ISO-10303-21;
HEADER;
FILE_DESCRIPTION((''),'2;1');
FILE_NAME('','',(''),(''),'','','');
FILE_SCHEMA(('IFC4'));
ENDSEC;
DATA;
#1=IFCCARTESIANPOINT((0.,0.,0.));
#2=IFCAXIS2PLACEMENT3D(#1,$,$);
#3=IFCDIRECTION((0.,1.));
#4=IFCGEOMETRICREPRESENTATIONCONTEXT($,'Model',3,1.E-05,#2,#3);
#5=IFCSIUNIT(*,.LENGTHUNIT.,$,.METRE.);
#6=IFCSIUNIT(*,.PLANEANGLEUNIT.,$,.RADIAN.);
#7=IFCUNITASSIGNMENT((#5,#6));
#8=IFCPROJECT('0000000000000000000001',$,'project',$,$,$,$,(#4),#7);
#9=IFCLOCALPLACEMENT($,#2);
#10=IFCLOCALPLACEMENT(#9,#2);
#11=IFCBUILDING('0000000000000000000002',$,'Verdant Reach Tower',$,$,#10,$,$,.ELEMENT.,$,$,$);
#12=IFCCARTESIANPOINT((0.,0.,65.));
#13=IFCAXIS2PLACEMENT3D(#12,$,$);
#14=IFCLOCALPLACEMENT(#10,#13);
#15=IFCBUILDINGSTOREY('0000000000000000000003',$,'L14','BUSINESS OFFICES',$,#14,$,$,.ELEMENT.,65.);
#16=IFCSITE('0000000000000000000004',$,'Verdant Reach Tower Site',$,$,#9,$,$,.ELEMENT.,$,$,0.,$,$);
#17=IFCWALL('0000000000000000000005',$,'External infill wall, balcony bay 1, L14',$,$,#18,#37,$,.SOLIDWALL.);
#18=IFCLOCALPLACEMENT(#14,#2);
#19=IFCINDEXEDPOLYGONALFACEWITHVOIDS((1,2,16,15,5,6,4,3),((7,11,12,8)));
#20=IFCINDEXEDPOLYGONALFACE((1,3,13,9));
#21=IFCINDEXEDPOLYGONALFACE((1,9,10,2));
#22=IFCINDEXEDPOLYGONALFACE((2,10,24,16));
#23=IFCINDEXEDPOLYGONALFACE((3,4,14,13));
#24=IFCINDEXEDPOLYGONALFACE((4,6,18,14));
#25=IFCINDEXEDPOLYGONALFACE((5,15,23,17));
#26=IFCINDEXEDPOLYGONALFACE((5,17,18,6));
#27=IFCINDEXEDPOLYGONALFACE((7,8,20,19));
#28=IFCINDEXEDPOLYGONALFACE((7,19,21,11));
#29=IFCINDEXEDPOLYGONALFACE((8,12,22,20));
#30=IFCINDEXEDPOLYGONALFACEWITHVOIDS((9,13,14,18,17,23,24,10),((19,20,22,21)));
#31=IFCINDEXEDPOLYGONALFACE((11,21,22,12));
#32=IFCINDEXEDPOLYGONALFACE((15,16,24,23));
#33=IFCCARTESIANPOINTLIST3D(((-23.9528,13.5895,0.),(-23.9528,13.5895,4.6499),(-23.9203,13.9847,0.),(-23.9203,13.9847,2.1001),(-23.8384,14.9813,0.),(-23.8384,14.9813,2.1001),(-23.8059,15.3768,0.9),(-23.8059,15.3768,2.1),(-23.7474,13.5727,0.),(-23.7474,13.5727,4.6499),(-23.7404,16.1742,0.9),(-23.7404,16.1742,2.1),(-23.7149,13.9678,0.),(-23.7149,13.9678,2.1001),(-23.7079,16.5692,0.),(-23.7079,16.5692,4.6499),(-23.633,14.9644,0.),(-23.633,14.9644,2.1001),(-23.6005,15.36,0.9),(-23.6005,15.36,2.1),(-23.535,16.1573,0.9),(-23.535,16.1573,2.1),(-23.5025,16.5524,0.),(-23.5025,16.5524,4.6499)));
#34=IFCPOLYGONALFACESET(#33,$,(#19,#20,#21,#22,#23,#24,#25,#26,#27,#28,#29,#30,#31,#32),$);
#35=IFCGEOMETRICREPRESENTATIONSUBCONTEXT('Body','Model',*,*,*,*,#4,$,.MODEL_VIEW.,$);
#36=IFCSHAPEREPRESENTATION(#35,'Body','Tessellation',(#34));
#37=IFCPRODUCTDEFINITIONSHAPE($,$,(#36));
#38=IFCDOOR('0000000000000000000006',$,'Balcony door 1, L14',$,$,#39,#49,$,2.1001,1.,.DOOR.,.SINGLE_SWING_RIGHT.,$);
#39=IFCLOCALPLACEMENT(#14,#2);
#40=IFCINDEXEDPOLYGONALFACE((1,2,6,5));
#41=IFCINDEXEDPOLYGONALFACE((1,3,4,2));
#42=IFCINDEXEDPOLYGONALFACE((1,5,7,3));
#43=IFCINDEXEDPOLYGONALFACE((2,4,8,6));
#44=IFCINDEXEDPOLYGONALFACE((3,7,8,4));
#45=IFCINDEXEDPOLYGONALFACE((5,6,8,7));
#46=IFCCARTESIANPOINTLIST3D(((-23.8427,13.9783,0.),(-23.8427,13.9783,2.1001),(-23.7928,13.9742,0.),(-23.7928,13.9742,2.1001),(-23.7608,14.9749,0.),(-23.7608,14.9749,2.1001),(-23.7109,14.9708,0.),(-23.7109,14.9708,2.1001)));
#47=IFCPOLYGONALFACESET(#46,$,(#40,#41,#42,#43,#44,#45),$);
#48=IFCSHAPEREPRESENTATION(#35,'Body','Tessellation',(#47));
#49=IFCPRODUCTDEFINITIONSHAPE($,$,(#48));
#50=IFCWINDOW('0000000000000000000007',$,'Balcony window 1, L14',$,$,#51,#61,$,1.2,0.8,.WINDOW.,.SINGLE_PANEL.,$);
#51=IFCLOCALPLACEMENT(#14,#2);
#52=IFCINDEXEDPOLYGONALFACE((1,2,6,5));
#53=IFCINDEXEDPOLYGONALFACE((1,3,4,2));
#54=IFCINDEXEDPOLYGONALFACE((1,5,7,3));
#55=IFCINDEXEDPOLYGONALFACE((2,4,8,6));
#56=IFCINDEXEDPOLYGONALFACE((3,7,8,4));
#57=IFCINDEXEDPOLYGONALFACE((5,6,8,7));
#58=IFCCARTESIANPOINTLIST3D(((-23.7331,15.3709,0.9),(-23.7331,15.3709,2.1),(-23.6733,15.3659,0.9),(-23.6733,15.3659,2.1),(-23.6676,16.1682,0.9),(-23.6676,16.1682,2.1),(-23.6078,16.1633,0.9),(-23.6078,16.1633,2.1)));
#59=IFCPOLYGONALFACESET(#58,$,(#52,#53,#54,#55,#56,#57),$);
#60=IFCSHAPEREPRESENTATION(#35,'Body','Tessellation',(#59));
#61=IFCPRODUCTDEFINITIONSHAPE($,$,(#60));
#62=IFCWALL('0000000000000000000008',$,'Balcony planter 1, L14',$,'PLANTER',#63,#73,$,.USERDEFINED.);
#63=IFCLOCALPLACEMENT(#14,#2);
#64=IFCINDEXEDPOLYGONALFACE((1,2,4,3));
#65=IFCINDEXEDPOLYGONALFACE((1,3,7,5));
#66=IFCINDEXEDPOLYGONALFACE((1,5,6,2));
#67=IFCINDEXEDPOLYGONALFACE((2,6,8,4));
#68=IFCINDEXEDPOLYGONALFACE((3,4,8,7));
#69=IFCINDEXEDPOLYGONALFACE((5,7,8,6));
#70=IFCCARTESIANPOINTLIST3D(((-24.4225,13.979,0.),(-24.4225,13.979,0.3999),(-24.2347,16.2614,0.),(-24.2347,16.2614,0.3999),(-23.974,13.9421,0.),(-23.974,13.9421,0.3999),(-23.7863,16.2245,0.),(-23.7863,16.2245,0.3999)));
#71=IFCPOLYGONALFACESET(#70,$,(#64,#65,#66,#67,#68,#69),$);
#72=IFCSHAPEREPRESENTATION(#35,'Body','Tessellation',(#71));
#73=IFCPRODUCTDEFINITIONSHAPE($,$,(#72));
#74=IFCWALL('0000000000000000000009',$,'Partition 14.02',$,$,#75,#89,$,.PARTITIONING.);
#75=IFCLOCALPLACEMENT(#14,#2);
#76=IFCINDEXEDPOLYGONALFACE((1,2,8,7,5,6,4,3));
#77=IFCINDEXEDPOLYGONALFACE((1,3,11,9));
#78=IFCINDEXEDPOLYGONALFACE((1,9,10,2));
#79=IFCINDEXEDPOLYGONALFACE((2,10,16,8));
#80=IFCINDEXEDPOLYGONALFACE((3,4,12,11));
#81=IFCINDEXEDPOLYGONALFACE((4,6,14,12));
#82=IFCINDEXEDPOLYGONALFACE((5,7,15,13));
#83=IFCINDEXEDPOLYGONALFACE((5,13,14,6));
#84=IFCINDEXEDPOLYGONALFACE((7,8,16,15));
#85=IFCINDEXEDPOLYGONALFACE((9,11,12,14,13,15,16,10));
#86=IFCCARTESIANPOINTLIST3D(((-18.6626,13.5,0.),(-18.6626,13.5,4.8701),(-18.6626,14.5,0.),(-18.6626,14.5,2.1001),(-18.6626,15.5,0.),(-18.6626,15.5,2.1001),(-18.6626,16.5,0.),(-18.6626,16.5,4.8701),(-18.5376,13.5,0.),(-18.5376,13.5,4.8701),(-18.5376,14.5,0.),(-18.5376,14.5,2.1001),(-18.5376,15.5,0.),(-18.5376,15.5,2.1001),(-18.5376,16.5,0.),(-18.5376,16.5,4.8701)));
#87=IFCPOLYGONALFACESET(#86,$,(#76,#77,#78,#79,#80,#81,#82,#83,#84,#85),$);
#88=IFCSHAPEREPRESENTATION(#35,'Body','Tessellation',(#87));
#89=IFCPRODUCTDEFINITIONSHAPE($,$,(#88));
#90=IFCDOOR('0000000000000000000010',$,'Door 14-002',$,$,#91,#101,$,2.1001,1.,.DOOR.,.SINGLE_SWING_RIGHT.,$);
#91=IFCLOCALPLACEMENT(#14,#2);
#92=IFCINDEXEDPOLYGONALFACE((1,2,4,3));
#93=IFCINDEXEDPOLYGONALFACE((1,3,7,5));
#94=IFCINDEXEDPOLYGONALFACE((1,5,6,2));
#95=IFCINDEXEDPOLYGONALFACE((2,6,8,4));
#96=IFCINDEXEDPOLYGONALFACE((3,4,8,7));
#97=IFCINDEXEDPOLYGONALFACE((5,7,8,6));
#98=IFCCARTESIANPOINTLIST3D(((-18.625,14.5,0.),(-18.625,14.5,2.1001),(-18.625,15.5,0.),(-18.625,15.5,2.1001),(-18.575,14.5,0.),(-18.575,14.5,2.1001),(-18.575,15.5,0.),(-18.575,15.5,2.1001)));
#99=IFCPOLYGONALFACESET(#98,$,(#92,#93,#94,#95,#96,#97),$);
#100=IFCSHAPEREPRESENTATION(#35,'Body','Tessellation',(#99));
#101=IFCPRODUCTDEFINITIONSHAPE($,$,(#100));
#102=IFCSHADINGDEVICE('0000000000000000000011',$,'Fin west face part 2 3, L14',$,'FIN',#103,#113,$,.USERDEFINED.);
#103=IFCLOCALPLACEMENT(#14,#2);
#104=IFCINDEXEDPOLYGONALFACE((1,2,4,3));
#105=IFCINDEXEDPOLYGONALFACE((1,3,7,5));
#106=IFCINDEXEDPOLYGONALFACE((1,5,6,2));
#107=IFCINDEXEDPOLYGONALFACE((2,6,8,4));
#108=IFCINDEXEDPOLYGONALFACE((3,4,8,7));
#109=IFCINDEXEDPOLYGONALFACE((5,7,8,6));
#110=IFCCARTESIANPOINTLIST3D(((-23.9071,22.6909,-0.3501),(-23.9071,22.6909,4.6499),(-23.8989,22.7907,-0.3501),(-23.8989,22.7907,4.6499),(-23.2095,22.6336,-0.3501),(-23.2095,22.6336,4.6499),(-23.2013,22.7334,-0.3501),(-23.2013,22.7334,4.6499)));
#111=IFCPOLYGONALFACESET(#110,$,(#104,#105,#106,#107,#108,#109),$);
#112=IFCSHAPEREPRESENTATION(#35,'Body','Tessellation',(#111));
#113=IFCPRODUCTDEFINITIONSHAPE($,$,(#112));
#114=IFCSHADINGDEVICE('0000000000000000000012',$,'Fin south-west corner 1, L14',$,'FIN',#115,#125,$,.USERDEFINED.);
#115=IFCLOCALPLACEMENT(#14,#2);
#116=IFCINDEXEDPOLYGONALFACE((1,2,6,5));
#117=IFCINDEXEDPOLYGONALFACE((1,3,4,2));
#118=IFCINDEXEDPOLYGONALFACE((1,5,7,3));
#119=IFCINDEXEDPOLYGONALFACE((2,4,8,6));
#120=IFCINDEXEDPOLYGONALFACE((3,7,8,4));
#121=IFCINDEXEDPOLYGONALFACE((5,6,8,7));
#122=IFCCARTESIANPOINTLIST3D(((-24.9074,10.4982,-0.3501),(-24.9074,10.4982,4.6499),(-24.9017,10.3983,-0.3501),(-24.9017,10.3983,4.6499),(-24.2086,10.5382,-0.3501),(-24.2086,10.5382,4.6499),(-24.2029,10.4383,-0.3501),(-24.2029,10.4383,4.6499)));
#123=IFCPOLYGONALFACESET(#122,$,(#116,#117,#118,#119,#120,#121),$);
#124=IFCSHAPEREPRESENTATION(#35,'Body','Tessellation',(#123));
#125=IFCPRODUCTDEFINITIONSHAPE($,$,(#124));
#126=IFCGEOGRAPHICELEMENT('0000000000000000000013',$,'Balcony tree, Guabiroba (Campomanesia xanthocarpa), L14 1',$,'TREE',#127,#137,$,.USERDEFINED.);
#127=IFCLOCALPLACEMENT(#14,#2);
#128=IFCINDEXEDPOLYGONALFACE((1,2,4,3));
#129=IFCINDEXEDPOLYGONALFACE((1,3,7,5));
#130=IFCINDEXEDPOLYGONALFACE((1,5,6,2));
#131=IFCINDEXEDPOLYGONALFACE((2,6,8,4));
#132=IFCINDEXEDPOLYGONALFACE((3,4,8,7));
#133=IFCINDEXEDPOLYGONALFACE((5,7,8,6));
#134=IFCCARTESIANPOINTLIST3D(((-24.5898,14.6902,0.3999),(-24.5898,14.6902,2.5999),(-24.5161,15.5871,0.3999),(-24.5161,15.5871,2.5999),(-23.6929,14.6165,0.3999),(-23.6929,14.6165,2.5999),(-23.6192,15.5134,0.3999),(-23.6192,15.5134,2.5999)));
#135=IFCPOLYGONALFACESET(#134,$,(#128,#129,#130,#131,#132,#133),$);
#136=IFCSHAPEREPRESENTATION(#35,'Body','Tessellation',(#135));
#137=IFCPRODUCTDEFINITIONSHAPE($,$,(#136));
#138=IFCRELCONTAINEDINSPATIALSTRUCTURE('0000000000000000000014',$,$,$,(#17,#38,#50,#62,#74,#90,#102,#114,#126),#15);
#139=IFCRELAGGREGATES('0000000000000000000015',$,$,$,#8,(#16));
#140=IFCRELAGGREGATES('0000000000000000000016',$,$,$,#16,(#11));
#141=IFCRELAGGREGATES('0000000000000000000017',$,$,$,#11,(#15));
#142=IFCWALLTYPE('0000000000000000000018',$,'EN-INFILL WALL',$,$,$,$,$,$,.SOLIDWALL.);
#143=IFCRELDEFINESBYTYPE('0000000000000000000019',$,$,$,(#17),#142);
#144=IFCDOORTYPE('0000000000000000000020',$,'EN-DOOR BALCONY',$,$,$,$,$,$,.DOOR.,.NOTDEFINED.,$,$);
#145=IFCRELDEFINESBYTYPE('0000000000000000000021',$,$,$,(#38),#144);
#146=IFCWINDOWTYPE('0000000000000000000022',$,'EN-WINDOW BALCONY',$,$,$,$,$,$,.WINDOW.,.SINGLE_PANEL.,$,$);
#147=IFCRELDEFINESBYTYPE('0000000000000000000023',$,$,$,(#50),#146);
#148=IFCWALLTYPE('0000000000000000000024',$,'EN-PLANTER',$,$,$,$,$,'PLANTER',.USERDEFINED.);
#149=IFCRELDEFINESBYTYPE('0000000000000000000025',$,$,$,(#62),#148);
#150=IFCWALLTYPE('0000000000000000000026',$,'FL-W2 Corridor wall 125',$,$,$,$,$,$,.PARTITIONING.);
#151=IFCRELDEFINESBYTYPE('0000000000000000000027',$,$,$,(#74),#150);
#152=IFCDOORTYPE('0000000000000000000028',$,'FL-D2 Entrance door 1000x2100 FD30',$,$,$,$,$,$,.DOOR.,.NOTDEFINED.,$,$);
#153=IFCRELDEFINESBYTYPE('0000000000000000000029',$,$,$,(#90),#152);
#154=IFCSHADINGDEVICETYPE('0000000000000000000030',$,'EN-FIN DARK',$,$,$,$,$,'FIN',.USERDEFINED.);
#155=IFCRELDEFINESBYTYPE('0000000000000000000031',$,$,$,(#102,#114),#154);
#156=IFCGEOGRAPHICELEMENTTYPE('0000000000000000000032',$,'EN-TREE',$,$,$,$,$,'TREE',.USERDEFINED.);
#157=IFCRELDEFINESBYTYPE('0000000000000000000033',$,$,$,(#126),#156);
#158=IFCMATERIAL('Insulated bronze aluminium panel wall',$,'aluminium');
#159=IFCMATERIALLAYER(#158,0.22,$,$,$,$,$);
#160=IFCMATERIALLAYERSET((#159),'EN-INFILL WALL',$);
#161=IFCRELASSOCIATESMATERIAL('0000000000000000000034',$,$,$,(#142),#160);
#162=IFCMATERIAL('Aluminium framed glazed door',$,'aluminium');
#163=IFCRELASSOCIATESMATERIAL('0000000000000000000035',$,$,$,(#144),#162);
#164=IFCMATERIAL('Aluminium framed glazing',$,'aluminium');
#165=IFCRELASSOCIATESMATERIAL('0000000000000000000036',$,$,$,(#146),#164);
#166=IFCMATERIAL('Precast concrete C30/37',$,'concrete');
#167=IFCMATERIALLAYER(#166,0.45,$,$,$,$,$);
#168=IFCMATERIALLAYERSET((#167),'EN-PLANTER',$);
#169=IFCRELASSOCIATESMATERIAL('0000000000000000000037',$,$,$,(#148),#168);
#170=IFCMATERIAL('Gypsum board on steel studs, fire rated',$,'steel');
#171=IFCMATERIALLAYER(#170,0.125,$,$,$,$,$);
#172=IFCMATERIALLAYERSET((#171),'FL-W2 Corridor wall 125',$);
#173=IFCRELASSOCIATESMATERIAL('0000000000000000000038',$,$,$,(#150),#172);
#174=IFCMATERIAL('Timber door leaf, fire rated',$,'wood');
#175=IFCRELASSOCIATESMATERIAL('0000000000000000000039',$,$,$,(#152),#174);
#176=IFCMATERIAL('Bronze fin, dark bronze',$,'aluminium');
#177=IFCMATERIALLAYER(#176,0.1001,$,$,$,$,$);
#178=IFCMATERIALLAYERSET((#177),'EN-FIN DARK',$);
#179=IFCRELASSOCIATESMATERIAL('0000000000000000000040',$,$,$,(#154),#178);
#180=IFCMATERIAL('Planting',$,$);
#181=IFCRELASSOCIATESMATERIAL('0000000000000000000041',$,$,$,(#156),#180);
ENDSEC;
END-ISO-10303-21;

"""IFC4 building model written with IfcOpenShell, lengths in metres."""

from ifc_helpers import new_model, si_unit, direction, frame, frame_2d, origin, origin_2d, place, context, subcontext, project, spatial, rectangle, extrude, material, layer, layer_set, type_object, element, fill, save


model = new_model("IFC4")

# Units and contexts
model_context = context("Model", 3, precision=1e-05, world=origin(), true_north=direction((0.0, 1.0)))
body_context = subcontext(model_context, "Body", "Model", "MODEL_VIEW")
ifc_project = project(units=[si_unit("LENGTHUNIT", "METRE"), si_unit("PLANEANGLEUNIT", "RADIAN")], contexts=[model_context])

# Site, building, storey
site_placement = place(None, origin())
site = spatial("IfcSite", under=ifc_project, at=site_placement, Name="Verdant Reach Tower Site", CompositionType="ELEMENT", RefElevation=0.0)
building_placement = place(site_placement, origin())
building = spatial("IfcBuilding", under=site, at=building_placement, Name="Verdant Reach Tower", CompositionType="ELEMENT")
storey_placement = place(building_placement, frame((0.0, 0.0, 65.0)))
storey = spatial("IfcBuildingStorey", under=building, at=storey_placement, Name="L14", Description="BUSINESS OFFICES", CompositionType="ELEMENT", Elevation=65.0)

# Wall, openings, door, window
ifc_material_1 = material(Name="Insulated bronze aluminium panel wall", Category="aluminium")
ifc_layer_1 = layer(ifc_material_1, 0.22)
ifc_layer_set_1 = layer_set([ifc_layer_1], Name="EN-INFILL WALL")
wall_type_1 = type_object("IfcWallType", Name="EN-INFILL WALL", PredefinedType="SOLIDWALL", material=ifc_layer_set_1)
wall_1_placement = place(storey_placement, frame((-23.6052, 16.5608, 0.0), z_axis=(0.0, 0.0, 1.0), x_axis=(-0.081903, -0.99664, 0.0)))
wall_1 = element("IfcWall", 1, at=wall_1_placement, inside=storey, type_object=wall_type_1, Name="External infill wall, balcony bay 1, L14", PredefinedType="SOLIDWALL", context=body_context, shape_type="SweptSolid", body=[
    extrude(rectangle(XDim=2.9897, YDim=0.2061, at=frame_2d((1.4949, 0.0))), origin(), (0.0, 0.0, 1.0), 4.6499),
])
opening_1_placement = place(wall_1_placement, frame((1.5933, 0.0, 0.0)))
opening_1 = element("IfcOpeningElement", 2, at=opening_1_placement, cuts=wall_1, PredefinedType="OPENING", context=body_context, shape_type="SweptSolid", body=[
    extrude(rectangle(XDim=1.0, YDim=2.1001, at=frame_2d((0.5, 1.05))), frame((0.0, 0.113, 0.0), z_axis=(0.0, -1.0, 0.0), x_axis=(1.0, 0.0, 0.0)), (0.0, 0.0, 1.0), 0.2261),
])
opening_2_placement = place(wall_1_placement, frame((0.3965, 0.0, 0.8999)))
opening_2 = element("IfcOpeningElement", 3, at=opening_2_placement, cuts=wall_1, PredefinedType="OPENING", context=body_context, shape_type="SweptSolid", body=[
    extrude(rectangle(XDim=0.8, YDim=1.2, at=frame_2d((0.3999, 0.6001))), frame((0.0, 0.113, 0.0), z_axis=(0.0, -1.0, 0.0), x_axis=(1.0, 0.0, 0.0)), (0.0, 0.0, 1.0), 0.2261),
])
ifc_material_2 = material(Name="Aluminium framed glazed door", Category="aluminium")
door_type_1 = type_object("IfcDoorType", Name="EN-DOOR BALCONY", OperationType="NOTDEFINED", PredefinedType="DOOR", material=ifc_material_2)
door_1_placement = place(opening_1_placement, origin())
door_1 = element("IfcDoor", 4, at=door_1_placement, inside=storey, type_object=door_type_1, Name="Balcony door 1, L14", OperationType="SINGLE_SWING_RIGHT", OverallHeight=2.1001, OverallWidth=1.0, PredefinedType="DOOR", context=body_context, shape_type="SweptSolid", body=[
    extrude(rectangle(XDim=1.0, YDim=2.1001, at=frame_2d((0.5, 1.05))), frame((0.0, 0.0249, 0.0), z_axis=(0.0, -1.0, 0.0), x_axis=(1.0, 0.0, 0.0)), (0.0, 0.0, 1.0), 0.05),
])
fill(opening_1, door_1)
ifc_material_3 = material(Name="Aluminium framed glazing", Category="aluminium")
window_type = type_object("IfcWindowType", Name="EN-WINDOW BALCONY", PartitioningType="SINGLE_PANEL", PredefinedType="WINDOW", material=ifc_material_3)
window_placement = place(opening_2_placement, origin())
window = element("IfcWindow", 5, at=window_placement, inside=storey, type_object=window_type, Name="Balcony window 1, L14", OverallHeight=1.2, OverallWidth=0.8, PartitioningType="SINGLE_PANEL", PredefinedType="WINDOW", context=body_context, shape_type="SweptSolid", body=[
    extrude(rectangle(XDim=0.8, YDim=1.2, at=frame_2d((0.3999, 0.6001))), frame((0.0, 0.03, 0.0), z_axis=(0.0, -1.0, 0.0), x_axis=(1.0, 0.0, 0.0)), (0.0, 0.0, 1.0), 0.0601),
])
fill(opening_2, window)

# Wall
ifc_material_4 = material(Name="Precast concrete C30/37", Category="concrete")
ifc_layer_2 = layer(ifc_material_4, 0.45)
ifc_layer_set_2 = layer_set([ifc_layer_2], Name="EN-PLANTER")
wall_type_2 = type_object("IfcWallType", Name="EN-PLANTER", ElementType="PLANTER", PredefinedType="USERDEFINED", material=ifc_layer_set_2)
wall_2_placement = place(storey_placement, frame((-24.0105, 16.2429, 0.0), z_axis=(0.0, 0.0, 1.0), x_axis=(-0.081987, -0.996633, 0.0)))
element("IfcWall", 6, at=wall_2_placement, inside=storey, type_object=wall_type_2, Name="Balcony planter 1, L14", ObjectType="PLANTER", PredefinedType="USERDEFINED", context=body_context, shape_type="SweptSolid", body=[
    extrude(rectangle(XDim=2.29, YDim=0.45, at=frame_2d((1.145, 0.0))), origin(), (0.0, 0.0, 1.0), 0.3999),
])

# Wall, opening, door
ifc_material_5 = material(Name="Gypsum board on steel studs, fire rated", Category="steel")
ifc_layer_3 = layer(ifc_material_5, 0.125)
ifc_layer_set_3 = layer_set([ifc_layer_3], Name="FL-W2 Corridor wall 125")
wall_type_3 = type_object("IfcWallType", Name="FL-W2 Corridor wall 125", PredefinedType="PARTITIONING", material=ifc_layer_set_3)
wall_3_placement = place(storey_placement, frame((-18.6001, 13.5, 0.0), z_axis=(0.0, 0.0, 1.0), x_axis=(0.0, 1.0, 0.0)))
wall_3 = element("IfcWall", 7, at=wall_3_placement, inside=storey, type_object=wall_type_3, Name="Partition 14.02", PredefinedType="PARTITIONING", context=body_context, shape_type="SweptSolid", body=[
    extrude(rectangle(XDim=3.0, YDim=0.125, at=frame_2d((1.5, 0.0))), origin(), (0.0, 0.0, 1.0), 4.8701),
])
opening_3_placement = place(wall_3_placement, frame((1.0, 0.0, 0.0)))
opening_3 = element("IfcOpeningElement", 8, at=opening_3_placement, cuts=wall_3, PredefinedType="OPENING", context=body_context, shape_type="SweptSolid", body=[
    extrude(rectangle(XDim=1.0, YDim=2.1001, at=frame_2d((0.5, 1.05))), frame((0.0, 0.0725, 0.0), z_axis=(0.0, -1.0, 0.0), x_axis=(1.0, 0.0, 0.0)), (0.0, 0.0, 1.0), 0.145),
])
ifc_material_6 = material(Name="Timber door leaf, fire rated", Category="wood")
door_type_2 = type_object("IfcDoorType", Name="FL-D2 Entrance door 1000x2100 FD30", OperationType="NOTDEFINED", PredefinedType="DOOR", material=ifc_material_6)
door_2_placement = place(opening_3_placement, origin())
door_2 = element("IfcDoor", 9, at=door_2_placement, inside=storey, type_object=door_type_2, Name="Door 14-002", OperationType="SINGLE_SWING_RIGHT", OverallHeight=2.1001, OverallWidth=1.0, PredefinedType="DOOR", context=body_context, shape_type="SweptSolid", body=[
    extrude(rectangle(XDim=1.0, YDim=2.1001, at=frame_2d((0.5, 1.05))), frame((0.0, 0.0249, 0.0), z_axis=(0.0, -1.0, 0.0), x_axis=(1.0, 0.0, 0.0)), (0.0, 0.0, 1.0), 0.05),
])
fill(opening_3, door_2)

# Shading devices
ifc_material_7 = material(Name="Bronze fin, dark bronze", Category="aluminium")
ifc_layer_4 = layer(ifc_material_7, 0.1001)
ifc_layer_set_4 = layer_set([ifc_layer_4], Name="EN-FIN DARK")
shading_device_type = type_object("IfcShadingDeviceType", Name="EN-FIN DARK", ElementType="FIN", PredefinedType="USERDEFINED", material=ifc_layer_set_4)
for number, where, z_axis, x_axis, name in (
    (10, (-23.5542, 22.7122, -0.3501), (0.0, 0.0, 1.0), (-0.081916, -0.996639, 0.0), "Fin west face part 2 3, L14"),
    (11, (-24.5552, 10.4683, -0.3501), (0.0, 0.0, 1.0), (0.057135, -0.998366, 0.0), "Fin south-west corner 1, L14"),
):
    element("IfcShadingDevice", number, at=place(storey_placement, frame(where, z_axis=z_axis, x_axis=x_axis)), inside=storey, type_object=shading_device_type, Name=name, ObjectType="FIN", PredefinedType="USERDEFINED", context=body_context, shape_type="SweptSolid", body=[
        extrude(rectangle(XDim=0.1001, YDim=0.7, at=origin_2d()), origin(), (0.0, 0.0, 1.0), 5.0),
    ])

# Geographic element
ifc_material_8 = material(Name="Planting")
geographic_element_type = type_object("IfcGeographicElementType", Name="EN-TREE", ElementType="TREE", PredefinedType="USERDEFINED", material=ifc_material_8)
geographic_element_placement = place(storey_placement, frame((-24.1045, 15.1018, 0.3999), z_axis=(0.0, 0.0, 1.0), x_axis=(-0.081916, -0.996639, 0.0)))
element("IfcGeographicElement", 12, at=geographic_element_placement, inside=storey, type_object=geographic_element_type, Name="Balcony tree, Guabiroba (Campomanesia xanthocarpa), L14 1", ObjectType="TREE", PredefinedType="USERDEFINED", context=body_context, shape_type="SweptSolid", body=[
    extrude(rectangle(XDim=0.8999, YDim=0.8999, at=origin_2d()), origin(), (0.0, 0.0, 1.0), 2.2),
])

save(model, "model.ifc")
